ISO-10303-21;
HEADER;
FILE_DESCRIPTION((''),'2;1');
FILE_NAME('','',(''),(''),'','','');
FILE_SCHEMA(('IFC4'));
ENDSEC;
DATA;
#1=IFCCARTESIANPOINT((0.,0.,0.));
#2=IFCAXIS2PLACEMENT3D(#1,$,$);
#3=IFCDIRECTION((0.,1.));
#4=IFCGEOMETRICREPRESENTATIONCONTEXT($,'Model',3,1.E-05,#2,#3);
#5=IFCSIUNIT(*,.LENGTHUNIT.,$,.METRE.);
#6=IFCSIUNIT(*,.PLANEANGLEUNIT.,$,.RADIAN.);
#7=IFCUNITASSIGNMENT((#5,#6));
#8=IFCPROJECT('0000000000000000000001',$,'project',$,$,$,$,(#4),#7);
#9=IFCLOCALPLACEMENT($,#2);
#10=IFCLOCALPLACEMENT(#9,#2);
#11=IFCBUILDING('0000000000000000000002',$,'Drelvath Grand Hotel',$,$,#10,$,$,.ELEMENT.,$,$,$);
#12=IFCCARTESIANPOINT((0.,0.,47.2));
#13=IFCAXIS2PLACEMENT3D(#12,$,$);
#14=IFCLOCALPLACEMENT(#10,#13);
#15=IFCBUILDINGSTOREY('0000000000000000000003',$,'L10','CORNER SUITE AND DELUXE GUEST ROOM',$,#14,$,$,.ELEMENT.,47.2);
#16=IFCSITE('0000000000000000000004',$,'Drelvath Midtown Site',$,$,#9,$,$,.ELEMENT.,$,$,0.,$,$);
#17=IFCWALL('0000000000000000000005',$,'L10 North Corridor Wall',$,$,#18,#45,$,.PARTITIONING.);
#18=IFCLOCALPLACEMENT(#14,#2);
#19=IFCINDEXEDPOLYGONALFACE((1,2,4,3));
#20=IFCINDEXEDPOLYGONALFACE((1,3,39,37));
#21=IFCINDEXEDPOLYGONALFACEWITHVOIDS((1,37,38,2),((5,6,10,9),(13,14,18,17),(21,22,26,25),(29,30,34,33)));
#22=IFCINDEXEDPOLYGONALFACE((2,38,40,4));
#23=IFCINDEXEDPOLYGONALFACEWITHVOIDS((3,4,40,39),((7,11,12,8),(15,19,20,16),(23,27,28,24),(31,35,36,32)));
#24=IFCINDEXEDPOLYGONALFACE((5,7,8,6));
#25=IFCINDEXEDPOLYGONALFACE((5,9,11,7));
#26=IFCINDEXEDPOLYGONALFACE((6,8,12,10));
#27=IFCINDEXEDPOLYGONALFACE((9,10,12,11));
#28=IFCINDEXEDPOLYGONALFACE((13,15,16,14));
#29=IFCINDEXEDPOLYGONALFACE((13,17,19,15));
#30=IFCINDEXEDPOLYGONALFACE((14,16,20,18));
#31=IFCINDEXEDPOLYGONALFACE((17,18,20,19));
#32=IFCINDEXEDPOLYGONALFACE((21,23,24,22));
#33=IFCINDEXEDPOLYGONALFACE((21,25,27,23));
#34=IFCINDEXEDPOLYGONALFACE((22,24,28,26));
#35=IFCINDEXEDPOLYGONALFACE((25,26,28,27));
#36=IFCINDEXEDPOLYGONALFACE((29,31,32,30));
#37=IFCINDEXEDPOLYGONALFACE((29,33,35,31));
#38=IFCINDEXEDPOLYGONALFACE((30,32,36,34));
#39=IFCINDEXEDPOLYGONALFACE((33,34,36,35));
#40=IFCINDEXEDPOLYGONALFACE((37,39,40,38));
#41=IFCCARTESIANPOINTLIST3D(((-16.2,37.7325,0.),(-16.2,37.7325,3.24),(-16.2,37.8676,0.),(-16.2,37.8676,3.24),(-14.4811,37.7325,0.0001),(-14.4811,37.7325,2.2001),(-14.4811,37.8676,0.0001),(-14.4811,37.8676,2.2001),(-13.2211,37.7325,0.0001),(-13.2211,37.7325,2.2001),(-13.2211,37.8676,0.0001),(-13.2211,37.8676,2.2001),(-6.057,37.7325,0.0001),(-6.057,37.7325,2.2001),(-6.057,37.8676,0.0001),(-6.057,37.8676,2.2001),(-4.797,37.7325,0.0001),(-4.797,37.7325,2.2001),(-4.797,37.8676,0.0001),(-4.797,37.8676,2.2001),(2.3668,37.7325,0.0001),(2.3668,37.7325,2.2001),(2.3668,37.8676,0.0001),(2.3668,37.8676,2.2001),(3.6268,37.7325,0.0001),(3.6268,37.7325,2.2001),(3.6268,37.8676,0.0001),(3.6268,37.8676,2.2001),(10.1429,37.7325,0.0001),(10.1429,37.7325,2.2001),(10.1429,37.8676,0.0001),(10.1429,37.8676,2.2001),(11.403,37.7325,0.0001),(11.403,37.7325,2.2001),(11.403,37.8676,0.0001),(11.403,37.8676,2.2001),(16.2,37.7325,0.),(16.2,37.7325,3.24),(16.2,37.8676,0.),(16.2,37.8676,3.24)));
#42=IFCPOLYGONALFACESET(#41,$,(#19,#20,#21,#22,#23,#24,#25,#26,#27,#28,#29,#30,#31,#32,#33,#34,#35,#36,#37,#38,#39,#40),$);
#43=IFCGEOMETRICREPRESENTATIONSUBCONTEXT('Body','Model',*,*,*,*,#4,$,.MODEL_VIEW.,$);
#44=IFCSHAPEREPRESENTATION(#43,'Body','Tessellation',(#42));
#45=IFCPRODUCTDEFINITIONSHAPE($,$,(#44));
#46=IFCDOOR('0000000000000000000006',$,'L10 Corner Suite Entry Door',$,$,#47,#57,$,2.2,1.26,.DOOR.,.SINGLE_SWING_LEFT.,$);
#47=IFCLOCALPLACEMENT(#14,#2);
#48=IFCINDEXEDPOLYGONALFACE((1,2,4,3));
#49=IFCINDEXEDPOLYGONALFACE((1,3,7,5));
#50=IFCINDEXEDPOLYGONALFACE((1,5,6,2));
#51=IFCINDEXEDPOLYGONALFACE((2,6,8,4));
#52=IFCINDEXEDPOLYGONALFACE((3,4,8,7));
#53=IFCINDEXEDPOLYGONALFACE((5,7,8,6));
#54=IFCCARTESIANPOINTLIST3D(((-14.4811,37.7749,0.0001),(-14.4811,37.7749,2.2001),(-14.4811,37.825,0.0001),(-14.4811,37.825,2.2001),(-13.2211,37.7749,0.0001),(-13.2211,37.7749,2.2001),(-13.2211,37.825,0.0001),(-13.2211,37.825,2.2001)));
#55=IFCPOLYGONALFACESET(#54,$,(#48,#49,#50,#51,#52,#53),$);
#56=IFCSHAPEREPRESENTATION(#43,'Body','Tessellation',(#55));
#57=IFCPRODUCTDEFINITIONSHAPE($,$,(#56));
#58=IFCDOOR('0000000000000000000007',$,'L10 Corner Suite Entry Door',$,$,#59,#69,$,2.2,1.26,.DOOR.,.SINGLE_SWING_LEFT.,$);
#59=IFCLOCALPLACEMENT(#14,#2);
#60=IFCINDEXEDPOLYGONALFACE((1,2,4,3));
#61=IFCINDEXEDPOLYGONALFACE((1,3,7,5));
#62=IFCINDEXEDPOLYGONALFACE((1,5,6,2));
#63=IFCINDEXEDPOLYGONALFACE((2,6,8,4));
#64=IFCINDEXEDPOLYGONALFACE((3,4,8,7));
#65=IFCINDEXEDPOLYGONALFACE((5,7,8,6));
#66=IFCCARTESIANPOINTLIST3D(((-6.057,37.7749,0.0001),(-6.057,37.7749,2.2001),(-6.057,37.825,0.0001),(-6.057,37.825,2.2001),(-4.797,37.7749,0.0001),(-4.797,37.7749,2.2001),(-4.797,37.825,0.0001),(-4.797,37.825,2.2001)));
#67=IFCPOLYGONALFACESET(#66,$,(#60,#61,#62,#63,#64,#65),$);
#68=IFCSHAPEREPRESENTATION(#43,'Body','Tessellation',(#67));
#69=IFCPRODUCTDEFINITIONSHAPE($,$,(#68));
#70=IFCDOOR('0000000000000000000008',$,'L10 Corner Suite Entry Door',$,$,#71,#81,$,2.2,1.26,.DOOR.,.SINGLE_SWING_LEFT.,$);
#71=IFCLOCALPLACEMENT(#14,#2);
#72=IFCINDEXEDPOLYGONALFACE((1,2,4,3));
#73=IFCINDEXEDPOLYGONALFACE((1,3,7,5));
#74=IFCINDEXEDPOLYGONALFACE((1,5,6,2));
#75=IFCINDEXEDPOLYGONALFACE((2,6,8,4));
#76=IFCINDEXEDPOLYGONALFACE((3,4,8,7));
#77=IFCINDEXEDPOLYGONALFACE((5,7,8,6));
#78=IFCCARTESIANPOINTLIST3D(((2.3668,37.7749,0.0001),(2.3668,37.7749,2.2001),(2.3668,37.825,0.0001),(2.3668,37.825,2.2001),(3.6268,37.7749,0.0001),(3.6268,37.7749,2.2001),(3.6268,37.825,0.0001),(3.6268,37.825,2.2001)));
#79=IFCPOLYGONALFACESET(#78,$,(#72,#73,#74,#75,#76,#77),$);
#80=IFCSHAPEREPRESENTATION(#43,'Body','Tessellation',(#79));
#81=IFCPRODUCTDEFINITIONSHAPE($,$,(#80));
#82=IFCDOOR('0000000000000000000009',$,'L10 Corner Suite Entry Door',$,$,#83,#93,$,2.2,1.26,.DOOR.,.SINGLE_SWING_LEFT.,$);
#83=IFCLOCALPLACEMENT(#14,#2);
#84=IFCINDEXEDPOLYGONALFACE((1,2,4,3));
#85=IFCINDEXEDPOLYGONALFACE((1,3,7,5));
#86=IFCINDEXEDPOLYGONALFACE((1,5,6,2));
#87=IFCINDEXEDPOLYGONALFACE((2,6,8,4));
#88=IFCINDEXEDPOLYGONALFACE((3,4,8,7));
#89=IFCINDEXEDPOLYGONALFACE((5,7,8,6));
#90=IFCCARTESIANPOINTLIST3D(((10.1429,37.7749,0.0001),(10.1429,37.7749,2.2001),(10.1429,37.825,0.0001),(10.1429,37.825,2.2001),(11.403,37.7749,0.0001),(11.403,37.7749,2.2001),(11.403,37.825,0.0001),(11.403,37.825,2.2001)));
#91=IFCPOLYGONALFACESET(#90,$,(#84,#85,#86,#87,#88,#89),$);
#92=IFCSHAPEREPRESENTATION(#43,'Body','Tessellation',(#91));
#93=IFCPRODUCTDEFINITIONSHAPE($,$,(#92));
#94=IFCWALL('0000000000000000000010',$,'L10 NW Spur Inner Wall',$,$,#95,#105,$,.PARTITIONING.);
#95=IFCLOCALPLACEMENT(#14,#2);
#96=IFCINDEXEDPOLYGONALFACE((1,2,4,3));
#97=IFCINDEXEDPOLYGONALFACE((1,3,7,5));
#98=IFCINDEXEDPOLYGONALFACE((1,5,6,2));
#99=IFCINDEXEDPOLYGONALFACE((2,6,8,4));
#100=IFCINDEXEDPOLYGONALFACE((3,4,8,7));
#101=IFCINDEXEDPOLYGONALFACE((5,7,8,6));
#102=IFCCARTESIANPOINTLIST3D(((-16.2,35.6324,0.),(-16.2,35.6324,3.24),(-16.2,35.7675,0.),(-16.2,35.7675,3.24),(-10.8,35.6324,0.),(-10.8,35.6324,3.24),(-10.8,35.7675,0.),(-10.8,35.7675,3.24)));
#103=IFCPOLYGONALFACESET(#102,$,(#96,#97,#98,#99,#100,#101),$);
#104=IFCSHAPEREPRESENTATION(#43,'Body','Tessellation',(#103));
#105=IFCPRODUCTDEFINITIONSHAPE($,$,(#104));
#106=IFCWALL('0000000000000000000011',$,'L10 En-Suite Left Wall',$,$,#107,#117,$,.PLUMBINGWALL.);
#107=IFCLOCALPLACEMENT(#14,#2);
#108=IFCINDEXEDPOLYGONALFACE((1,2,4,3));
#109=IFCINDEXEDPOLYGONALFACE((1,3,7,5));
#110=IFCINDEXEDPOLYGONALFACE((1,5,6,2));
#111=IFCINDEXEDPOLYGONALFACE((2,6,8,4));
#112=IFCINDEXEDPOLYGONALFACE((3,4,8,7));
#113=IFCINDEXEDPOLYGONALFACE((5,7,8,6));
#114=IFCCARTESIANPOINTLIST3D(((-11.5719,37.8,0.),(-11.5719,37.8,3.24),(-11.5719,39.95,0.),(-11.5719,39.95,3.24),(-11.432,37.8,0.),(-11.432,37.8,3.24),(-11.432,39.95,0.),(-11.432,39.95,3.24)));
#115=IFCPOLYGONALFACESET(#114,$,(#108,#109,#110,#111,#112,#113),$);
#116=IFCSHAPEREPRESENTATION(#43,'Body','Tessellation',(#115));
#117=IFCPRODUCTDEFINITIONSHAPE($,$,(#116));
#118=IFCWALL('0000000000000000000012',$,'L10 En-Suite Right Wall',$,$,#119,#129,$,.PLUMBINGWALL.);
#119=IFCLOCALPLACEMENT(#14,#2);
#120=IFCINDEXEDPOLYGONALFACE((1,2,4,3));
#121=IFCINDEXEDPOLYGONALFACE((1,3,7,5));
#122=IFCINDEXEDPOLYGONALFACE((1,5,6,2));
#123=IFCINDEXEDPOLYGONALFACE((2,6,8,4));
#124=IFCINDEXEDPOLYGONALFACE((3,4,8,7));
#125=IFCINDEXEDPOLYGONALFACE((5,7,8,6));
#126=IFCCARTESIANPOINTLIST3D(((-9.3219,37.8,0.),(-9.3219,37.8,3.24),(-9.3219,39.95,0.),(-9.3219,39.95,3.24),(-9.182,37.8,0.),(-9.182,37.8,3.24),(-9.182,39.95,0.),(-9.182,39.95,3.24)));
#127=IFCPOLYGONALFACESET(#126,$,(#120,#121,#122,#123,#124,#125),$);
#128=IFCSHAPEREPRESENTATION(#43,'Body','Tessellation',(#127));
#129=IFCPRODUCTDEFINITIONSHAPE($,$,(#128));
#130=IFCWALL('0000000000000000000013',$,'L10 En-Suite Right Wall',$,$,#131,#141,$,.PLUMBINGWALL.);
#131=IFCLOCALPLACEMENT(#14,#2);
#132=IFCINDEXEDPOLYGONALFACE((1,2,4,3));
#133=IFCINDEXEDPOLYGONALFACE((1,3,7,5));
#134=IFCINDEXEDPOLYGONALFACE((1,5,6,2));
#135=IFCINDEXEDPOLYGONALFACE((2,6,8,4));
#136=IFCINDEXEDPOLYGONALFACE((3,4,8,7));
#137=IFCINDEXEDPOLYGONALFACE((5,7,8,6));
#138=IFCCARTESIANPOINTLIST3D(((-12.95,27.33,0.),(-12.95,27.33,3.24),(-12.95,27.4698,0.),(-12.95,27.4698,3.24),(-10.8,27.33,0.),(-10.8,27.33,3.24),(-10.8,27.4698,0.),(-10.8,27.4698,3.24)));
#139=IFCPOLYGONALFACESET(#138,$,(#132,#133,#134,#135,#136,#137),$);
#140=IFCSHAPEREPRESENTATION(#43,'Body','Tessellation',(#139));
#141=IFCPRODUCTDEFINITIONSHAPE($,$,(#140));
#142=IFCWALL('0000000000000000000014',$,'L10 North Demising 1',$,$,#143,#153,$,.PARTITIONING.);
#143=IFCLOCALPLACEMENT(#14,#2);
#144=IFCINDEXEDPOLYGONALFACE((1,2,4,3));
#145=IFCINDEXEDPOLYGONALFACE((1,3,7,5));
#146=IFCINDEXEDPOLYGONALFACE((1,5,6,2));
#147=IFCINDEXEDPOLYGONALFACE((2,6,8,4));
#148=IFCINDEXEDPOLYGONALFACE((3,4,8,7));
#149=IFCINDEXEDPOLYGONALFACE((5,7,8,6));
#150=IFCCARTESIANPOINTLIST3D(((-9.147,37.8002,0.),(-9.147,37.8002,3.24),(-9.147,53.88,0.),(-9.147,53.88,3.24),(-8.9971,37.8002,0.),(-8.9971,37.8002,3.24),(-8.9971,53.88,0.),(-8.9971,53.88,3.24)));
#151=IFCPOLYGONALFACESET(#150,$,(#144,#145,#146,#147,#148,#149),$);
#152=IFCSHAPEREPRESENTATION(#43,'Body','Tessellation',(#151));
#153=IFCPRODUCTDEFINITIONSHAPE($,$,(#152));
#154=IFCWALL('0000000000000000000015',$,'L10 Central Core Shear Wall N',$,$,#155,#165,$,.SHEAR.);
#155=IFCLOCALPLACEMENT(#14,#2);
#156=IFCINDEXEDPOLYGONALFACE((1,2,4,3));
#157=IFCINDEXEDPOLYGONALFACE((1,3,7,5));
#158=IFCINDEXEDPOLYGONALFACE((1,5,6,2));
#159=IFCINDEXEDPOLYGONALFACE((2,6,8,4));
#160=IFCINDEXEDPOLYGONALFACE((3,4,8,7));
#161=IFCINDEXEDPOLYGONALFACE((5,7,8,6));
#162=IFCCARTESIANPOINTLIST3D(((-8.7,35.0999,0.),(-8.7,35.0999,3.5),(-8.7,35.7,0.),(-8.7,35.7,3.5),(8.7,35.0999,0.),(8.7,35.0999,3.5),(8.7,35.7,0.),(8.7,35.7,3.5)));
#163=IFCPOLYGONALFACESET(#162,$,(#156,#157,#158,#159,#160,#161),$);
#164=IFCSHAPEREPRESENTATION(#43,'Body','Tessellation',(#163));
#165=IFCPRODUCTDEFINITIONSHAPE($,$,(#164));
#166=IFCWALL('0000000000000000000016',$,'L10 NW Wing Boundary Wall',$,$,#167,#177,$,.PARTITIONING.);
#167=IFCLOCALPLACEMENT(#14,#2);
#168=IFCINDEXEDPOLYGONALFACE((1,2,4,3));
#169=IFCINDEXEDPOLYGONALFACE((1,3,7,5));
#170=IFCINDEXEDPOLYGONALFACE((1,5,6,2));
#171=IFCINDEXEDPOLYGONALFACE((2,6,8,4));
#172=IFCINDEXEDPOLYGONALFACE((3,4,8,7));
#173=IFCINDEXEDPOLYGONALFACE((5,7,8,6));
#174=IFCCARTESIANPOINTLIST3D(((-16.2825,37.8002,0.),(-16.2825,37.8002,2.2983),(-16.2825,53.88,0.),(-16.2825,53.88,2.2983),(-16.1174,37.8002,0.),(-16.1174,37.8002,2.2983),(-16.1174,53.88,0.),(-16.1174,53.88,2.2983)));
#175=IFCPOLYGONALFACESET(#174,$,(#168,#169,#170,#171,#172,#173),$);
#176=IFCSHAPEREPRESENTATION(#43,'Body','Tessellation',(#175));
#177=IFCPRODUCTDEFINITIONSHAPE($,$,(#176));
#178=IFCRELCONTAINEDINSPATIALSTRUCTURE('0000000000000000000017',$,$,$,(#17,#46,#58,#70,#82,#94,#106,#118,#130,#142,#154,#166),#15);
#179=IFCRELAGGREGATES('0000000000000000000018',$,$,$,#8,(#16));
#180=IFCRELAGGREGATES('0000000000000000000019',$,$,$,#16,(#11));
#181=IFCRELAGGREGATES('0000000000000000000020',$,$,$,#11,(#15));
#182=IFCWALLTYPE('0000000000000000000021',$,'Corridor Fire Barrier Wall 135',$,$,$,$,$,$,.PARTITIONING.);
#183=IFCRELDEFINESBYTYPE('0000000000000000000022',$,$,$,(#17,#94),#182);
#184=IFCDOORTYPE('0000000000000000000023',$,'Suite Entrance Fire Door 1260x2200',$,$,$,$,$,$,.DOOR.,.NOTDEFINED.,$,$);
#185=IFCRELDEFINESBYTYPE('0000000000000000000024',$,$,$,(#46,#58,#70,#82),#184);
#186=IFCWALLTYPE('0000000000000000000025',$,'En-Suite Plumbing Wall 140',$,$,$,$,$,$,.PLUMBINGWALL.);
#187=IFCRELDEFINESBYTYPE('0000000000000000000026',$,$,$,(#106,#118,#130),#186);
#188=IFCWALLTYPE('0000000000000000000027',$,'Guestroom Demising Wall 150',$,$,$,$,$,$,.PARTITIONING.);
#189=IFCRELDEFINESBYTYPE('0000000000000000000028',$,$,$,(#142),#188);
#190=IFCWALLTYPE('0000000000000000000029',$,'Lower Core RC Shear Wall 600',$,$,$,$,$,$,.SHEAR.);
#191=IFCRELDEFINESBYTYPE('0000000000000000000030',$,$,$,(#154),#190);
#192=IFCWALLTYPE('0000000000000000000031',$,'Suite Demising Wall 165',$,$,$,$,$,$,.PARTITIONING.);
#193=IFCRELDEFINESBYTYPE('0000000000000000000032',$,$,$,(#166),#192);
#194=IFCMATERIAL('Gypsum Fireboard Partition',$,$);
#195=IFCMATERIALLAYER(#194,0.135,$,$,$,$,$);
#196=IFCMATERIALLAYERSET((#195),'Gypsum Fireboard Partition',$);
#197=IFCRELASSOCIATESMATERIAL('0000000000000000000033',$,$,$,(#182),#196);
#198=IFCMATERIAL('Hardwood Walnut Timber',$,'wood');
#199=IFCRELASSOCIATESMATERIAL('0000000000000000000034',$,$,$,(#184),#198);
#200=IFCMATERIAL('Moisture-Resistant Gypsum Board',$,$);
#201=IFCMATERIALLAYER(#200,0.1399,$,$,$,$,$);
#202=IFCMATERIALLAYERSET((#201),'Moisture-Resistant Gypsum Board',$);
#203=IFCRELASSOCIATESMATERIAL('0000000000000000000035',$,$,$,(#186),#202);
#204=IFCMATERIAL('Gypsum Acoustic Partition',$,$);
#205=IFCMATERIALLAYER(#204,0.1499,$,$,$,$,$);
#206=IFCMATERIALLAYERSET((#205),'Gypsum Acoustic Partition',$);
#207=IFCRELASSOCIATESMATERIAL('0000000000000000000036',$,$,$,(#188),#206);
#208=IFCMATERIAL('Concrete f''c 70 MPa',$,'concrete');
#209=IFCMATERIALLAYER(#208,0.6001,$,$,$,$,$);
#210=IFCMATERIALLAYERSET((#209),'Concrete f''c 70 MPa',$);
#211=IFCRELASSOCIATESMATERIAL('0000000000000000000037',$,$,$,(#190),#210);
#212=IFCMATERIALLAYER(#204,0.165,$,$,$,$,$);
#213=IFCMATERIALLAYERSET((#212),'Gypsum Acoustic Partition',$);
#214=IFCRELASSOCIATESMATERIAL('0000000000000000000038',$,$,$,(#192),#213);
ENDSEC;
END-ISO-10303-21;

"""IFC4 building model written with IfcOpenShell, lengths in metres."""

from ifc_helpers import new_model, si_unit, direction, frame, frame_2d, origin, place, context, subcontext, project, spatial, rectangle, extrude, material, layer, layer_set, type_object, element, fill, save


model = new_model("IFC4")

# Units and contexts
model_context = context("Model", 3, precision=1e-05, world=origin(), true_north=direction((0.0, 1.0)))
body_context = subcontext(model_context, "Body", "Model", "MODEL_VIEW")
ifc_project = project(units=[si_unit("LENGTHUNIT", "METRE"), si_unit("PLANEANGLEUNIT", "RADIAN")], contexts=[model_context])

# Site, building, storey
site_placement = place(None, origin())
site = spatial("IfcSite", under=ifc_project, at=site_placement, Name="Drelvath Midtown Site", CompositionType="ELEMENT", RefElevation=0.0)
building_placement = place(site_placement, origin())
building = spatial("IfcBuilding", under=site, at=building_placement, Name="Drelvath Grand Hotel", CompositionType="ELEMENT")
storey_placement = place(building_placement, frame((0.0, 0.0, 47.2)))
storey = spatial("IfcBuildingStorey", under=building, at=storey_placement, Name="L10", Description="CORNER SUITE AND DELUXE GUEST ROOM", CompositionType="ELEMENT", Elevation=47.2)

# Shared definitions
ifc_material_1 = material(Name="Concrete f'c 70 MPa", Category="concrete")

# Wall, openings, doors
ifc_material_2 = material(Name="Gypsum Fireboard Partition")
ifc_layer_1 = layer(ifc_material_2, 0.135)
ifc_layer_set_1 = layer_set([ifc_layer_1], Name="Gypsum Fireboard Partition")
wall_type_1 = type_object("IfcWallType", Name="Corridor Fire Barrier Wall 135", PredefinedType="PARTITIONING", material=ifc_layer_set_1)
wall_1_placement = place(storey_placement, frame((-16.2, 37.8, 0.0), z_axis=(0.0, 0.0, 1.0), x_axis=(1.0, 0.0, 0.0)))
wall_1 = element("IfcWall", 1, at=wall_1_placement, inside=storey, type_object=wall_type_1, Name="L10 North Corridor Wall", PredefinedType="PARTITIONING", context=body_context, shape_type="SweptSolid", body=[
    extrude(rectangle(XDim=32.3999, YDim=0.135, at=frame_2d((16.2, 0.0))), origin(), (0.0, 0.0, 1.0), 3.24),
])
opening_1_placement = place(wall_1_placement, frame((1.719, 0.0, 0.0)))
opening_1 = element("IfcOpeningElement", 2, at=opening_1_placement, cuts=wall_1, PredefinedType="OPENING", context=body_context, shape_type="SweptSolid", body=[
    extrude(rectangle(XDim=1.26, YDim=2.2, at=frame_2d((0.6299, 1.1001))), frame((0.0, 0.0774, 0.0), z_axis=(0.0, -1.0, 0.0), x_axis=(1.0, 0.0, 0.0)), (0.0, 0.0, 1.0), 0.155),
])
opening_2_placement = place(wall_1_placement, frame((10.1431, 0.0, 0.0)))
opening_2 = element("IfcOpeningElement", 3, at=opening_2_placement, cuts=wall_1, PredefinedType="OPENING", context=body_context, shape_type="SweptSolid", body=[
    extrude(rectangle(XDim=1.26, YDim=2.2, at=frame_2d((0.6299, 1.1001))), frame((0.0, 0.0774, 0.0), z_axis=(0.0, -1.0, 0.0), x_axis=(1.0, 0.0, 0.0)), (0.0, 0.0, 1.0), 0.155),
])
opening_3_placement = place(wall_1_placement, frame((18.5669, 0.0, 0.0)))
opening_3 = element("IfcOpeningElement", 4, at=opening_3_placement, cuts=wall_1, PredefinedType="OPENING", context=body_context, shape_type="SweptSolid", body=[
    extrude(rectangle(XDim=1.26, YDim=2.2, at=frame_2d((0.6299, 1.1001))), frame((0.0, 0.0774, 0.0), z_axis=(0.0, -1.0, 0.0), x_axis=(1.0, 0.0, 0.0)), (0.0, 0.0, 1.0), 0.155),
])
opening_4_placement = place(wall_1_placement, frame((26.343, 0.0, 0.0)))
opening_4 = element("IfcOpeningElement", 5, at=opening_4_placement, cuts=wall_1, PredefinedType="OPENING", context=body_context, shape_type="SweptSolid", body=[
    extrude(rectangle(XDim=1.26, YDim=2.2, at=frame_2d((0.6299, 1.1001))), frame((0.0, 0.0774, 0.0), z_axis=(0.0, -1.0, 0.0), x_axis=(1.0, 0.0, 0.0)), (0.0, 0.0, 1.0), 0.155),
])
ifc_material_3 = material(Name="Hardwood Walnut Timber", Category="wood")
door_type_1 = type_object("IfcDoorType", Name="Suite Entrance Fire Door 1260x2200", OperationType="NOTDEFINED", PredefinedType="DOOR", material=ifc_material_3)
door_1_placement = place(opening_1_placement, origin())
door_1 = element("IfcDoor", 6, at=door_1_placement, inside=storey, type_object=door_type_1, Name="L10 Corner Suite Entry Door", OperationType="SINGLE_SWING_LEFT", OverallHeight=2.2, OverallWidth=1.26, PredefinedType="DOOR", context=body_context, shape_type="SweptSolid", body=[
    extrude(rectangle(XDim=1.26, YDim=2.2, at=frame_2d((0.6299, 1.1001))), frame((0.0, 0.0249, 0.0), z_axis=(0.0, -1.0, 0.0), x_axis=(1.0, 0.0, 0.0)), (0.0, 0.0, 1.0), 0.05),
])
fill(opening_1, door_1)
door_2_placement = place(opening_2_placement, origin())
door_2 = element("IfcDoor", 7, at=door_2_placement, inside=storey, type_object=door_type_1, Name="L10 Corner Suite Entry Door", OperationType="SINGLE_SWING_LEFT", OverallHeight=2.2, OverallWidth=1.26, PredefinedType="DOOR", context=body_context, shape_type="SweptSolid", body=[
    extrude(rectangle(XDim=1.26, YDim=2.2, at=frame_2d((0.6299, 1.1001))), frame((0.0, 0.0249, 0.0), z_axis=(0.0, -1.0, 0.0), x_axis=(1.0, 0.0, 0.0)), (0.0, 0.0, 1.0), 0.05),
])
fill(opening_2, door_2)
door_3_placement = place(opening_3_placement, origin())
door_3 = element("IfcDoor", 8, at=door_3_placement, inside=storey, type_object=door_type_1, Name="L10 Corner Suite Entry Door", OperationType="SINGLE_SWING_LEFT", OverallHeight=2.2, OverallWidth=1.26, PredefinedType="DOOR", context=body_context, shape_type="SweptSolid", body=[
    extrude(rectangle(XDim=1.26, YDim=2.2, at=frame_2d((0.6299, 1.1001))), frame((0.0, 0.0249, 0.0), z_axis=(0.0, -1.0, 0.0), x_axis=(1.0, 0.0, 0.0)), (0.0, 0.0, 1.0), 0.05),
])
fill(opening_3, door_3)
door_4_placement = place(opening_4_placement, origin())
door_4 = element("IfcDoor", 9, at=door_4_placement, inside=storey, type_object=door_type_1, Name="L10 Corner Suite Entry Door", OperationType="SINGLE_SWING_LEFT", OverallHeight=2.2, OverallWidth=1.26, PredefinedType="DOOR", context=body_context, shape_type="SweptSolid", body=[
    extrude(rectangle(XDim=1.26, YDim=2.2, at=frame_2d((0.6299, 1.1001))), frame((0.0, 0.0249, 0.0), z_axis=(0.0, -1.0, 0.0), x_axis=(1.0, 0.0, 0.0)), (0.0, 0.0, 1.0), 0.05),
])
fill(opening_4, door_4)

# Wall
wall_2_placement = place(storey_placement, frame((-16.2, 35.7, 0.0), z_axis=(0.0, 0.0, 1.0), x_axis=(1.0, 0.0, 0.0)))
element("IfcWall", 10, at=wall_2_placement, inside=storey, type_object=wall_type_1, Name="L10 NW Spur Inner Wall", PredefinedType="PARTITIONING", context=body_context, shape_type="SweptSolid", body=[
    extrude(rectangle(XDim=5.3999, YDim=0.135, at=frame_2d((2.7, 0.0))), origin(), (0.0, 0.0, 1.0), 3.24),
])

# Walls
ifc_material_4 = material(Name="Moisture-Resistant Gypsum Board")
ifc_layer_2 = layer(ifc_material_4, 0.1399)
ifc_layer_set_2 = layer_set([ifc_layer_2], Name="Moisture-Resistant Gypsum Board")
wall_type_2 = type_object("IfcWallType", Name="En-Suite Plumbing Wall 140", PredefinedType="PLUMBINGWALL", material=ifc_layer_set_2)
for number, where, z_axis, x_axis, name in (
    (11, (-11.502, 37.8, 0.0), (0.0, 0.0, 1.0), (0.0, 1.0, 0.0), "L10 En-Suite Left Wall"),
    (12, (-9.252, 37.8, 0.0), (0.0, 0.0, 1.0), (0.0, 1.0, 0.0), "L10 En-Suite Right Wall"),
    (13, (-10.8, 27.3999, 0.0), (0.0, 0.0, 1.0), (-1.0, 0.0, 0.0), "L10 En-Suite Right Wall"),
):
    element("IfcWall", number, at=place(storey_placement, frame(where, z_axis=z_axis, x_axis=x_axis)), inside=storey, type_object=wall_type_2, Name=name, PredefinedType="PLUMBINGWALL", context=body_context, shape_type="SweptSolid", body=[
        extrude(rectangle(XDim=2.1499, YDim=0.1399, at=frame_2d((1.075, 0.0))), origin(), (0.0, 0.0, 1.0), 3.24),
    ])
ifc_material_5 = material(Name="Gypsum Acoustic Partition")
ifc_layer_3 = layer(ifc_material_5, 0.1499)
ifc_layer_set_3 = layer_set([ifc_layer_3], Name="Gypsum Acoustic Partition")
wall_type_3 = type_object("IfcWallType", Name="Guestroom Demising Wall 150", PredefinedType="PARTITIONING", material=ifc_layer_set_3)
wall_3_placement = place(storey_placement, frame((-9.072, 37.8, 0.0), z_axis=(0.0, 0.0, 1.0), x_axis=(0.0, 1.0, 0.0)))
element("IfcWall", 14, at=wall_3_placement, inside=storey, type_object=wall_type_3, Name="L10 North Demising 1", PredefinedType="PARTITIONING", context=body_context, shape_type="SweptSolid", body=[
    extrude(rectangle(XDim=16.0798, YDim=0.1499, at=frame_2d((8.04, 0.0))), origin(), (0.0, 0.0, 1.0), 3.24),
])
ifc_layer_4 = layer(ifc_material_1, 0.6001)
ifc_layer_set_4 = layer_set([ifc_layer_4], Name="Concrete f'c 70 MPa")
wall_type_4 = type_object("IfcWallType", Name="Lower Core RC Shear Wall 600", PredefinedType="SHEAR", material=ifc_layer_set_4)
wall_4_placement = place(storey_placement, frame((-8.7, 35.3999, 0.0), z_axis=(0.0, 0.0, 1.0), x_axis=(1.0, 0.0, 0.0)))
element("IfcWall", 15, at=wall_4_placement, inside=storey, type_object=wall_type_4, Name="L10 Central Core Shear Wall N", PredefinedType="SHEAR", context=body_context, shape_type="SweptSolid", body=[
    extrude(rectangle(XDim=17.3999, YDim=0.6001, at=frame_2d((8.7, 0.0))), origin(), (0.0, 0.0, 1.0), 3.5),
])
ifc_layer_5 = layer(ifc_material_5, 0.165)
ifc_layer_set_5 = layer_set([ifc_layer_5], Name="Gypsum Acoustic Partition")
wall_type_5 = type_object("IfcWallType", Name="Suite Demising Wall 165", PredefinedType="PARTITIONING", material=ifc_layer_set_5)
wall_5_placement = place(storey_placement, frame((-16.2, 37.8, 0.0), z_axis=(0.0, 0.0, 1.0), x_axis=(0.0, 1.0, 0.0)))
element("IfcWall", 16, at=wall_5_placement, inside=storey, type_object=wall_type_5, Name="L10 NW Wing Boundary Wall", PredefinedType="PARTITIONING", context=body_context, shape_type="SweptSolid", body=[
    extrude(rectangle(XDim=16.0798, YDim=0.165, at=frame_2d((8.04, 0.0))), origin(), (0.0, 0.0, 1.0), 2.2983),
])

save(model, "model.ifc")
